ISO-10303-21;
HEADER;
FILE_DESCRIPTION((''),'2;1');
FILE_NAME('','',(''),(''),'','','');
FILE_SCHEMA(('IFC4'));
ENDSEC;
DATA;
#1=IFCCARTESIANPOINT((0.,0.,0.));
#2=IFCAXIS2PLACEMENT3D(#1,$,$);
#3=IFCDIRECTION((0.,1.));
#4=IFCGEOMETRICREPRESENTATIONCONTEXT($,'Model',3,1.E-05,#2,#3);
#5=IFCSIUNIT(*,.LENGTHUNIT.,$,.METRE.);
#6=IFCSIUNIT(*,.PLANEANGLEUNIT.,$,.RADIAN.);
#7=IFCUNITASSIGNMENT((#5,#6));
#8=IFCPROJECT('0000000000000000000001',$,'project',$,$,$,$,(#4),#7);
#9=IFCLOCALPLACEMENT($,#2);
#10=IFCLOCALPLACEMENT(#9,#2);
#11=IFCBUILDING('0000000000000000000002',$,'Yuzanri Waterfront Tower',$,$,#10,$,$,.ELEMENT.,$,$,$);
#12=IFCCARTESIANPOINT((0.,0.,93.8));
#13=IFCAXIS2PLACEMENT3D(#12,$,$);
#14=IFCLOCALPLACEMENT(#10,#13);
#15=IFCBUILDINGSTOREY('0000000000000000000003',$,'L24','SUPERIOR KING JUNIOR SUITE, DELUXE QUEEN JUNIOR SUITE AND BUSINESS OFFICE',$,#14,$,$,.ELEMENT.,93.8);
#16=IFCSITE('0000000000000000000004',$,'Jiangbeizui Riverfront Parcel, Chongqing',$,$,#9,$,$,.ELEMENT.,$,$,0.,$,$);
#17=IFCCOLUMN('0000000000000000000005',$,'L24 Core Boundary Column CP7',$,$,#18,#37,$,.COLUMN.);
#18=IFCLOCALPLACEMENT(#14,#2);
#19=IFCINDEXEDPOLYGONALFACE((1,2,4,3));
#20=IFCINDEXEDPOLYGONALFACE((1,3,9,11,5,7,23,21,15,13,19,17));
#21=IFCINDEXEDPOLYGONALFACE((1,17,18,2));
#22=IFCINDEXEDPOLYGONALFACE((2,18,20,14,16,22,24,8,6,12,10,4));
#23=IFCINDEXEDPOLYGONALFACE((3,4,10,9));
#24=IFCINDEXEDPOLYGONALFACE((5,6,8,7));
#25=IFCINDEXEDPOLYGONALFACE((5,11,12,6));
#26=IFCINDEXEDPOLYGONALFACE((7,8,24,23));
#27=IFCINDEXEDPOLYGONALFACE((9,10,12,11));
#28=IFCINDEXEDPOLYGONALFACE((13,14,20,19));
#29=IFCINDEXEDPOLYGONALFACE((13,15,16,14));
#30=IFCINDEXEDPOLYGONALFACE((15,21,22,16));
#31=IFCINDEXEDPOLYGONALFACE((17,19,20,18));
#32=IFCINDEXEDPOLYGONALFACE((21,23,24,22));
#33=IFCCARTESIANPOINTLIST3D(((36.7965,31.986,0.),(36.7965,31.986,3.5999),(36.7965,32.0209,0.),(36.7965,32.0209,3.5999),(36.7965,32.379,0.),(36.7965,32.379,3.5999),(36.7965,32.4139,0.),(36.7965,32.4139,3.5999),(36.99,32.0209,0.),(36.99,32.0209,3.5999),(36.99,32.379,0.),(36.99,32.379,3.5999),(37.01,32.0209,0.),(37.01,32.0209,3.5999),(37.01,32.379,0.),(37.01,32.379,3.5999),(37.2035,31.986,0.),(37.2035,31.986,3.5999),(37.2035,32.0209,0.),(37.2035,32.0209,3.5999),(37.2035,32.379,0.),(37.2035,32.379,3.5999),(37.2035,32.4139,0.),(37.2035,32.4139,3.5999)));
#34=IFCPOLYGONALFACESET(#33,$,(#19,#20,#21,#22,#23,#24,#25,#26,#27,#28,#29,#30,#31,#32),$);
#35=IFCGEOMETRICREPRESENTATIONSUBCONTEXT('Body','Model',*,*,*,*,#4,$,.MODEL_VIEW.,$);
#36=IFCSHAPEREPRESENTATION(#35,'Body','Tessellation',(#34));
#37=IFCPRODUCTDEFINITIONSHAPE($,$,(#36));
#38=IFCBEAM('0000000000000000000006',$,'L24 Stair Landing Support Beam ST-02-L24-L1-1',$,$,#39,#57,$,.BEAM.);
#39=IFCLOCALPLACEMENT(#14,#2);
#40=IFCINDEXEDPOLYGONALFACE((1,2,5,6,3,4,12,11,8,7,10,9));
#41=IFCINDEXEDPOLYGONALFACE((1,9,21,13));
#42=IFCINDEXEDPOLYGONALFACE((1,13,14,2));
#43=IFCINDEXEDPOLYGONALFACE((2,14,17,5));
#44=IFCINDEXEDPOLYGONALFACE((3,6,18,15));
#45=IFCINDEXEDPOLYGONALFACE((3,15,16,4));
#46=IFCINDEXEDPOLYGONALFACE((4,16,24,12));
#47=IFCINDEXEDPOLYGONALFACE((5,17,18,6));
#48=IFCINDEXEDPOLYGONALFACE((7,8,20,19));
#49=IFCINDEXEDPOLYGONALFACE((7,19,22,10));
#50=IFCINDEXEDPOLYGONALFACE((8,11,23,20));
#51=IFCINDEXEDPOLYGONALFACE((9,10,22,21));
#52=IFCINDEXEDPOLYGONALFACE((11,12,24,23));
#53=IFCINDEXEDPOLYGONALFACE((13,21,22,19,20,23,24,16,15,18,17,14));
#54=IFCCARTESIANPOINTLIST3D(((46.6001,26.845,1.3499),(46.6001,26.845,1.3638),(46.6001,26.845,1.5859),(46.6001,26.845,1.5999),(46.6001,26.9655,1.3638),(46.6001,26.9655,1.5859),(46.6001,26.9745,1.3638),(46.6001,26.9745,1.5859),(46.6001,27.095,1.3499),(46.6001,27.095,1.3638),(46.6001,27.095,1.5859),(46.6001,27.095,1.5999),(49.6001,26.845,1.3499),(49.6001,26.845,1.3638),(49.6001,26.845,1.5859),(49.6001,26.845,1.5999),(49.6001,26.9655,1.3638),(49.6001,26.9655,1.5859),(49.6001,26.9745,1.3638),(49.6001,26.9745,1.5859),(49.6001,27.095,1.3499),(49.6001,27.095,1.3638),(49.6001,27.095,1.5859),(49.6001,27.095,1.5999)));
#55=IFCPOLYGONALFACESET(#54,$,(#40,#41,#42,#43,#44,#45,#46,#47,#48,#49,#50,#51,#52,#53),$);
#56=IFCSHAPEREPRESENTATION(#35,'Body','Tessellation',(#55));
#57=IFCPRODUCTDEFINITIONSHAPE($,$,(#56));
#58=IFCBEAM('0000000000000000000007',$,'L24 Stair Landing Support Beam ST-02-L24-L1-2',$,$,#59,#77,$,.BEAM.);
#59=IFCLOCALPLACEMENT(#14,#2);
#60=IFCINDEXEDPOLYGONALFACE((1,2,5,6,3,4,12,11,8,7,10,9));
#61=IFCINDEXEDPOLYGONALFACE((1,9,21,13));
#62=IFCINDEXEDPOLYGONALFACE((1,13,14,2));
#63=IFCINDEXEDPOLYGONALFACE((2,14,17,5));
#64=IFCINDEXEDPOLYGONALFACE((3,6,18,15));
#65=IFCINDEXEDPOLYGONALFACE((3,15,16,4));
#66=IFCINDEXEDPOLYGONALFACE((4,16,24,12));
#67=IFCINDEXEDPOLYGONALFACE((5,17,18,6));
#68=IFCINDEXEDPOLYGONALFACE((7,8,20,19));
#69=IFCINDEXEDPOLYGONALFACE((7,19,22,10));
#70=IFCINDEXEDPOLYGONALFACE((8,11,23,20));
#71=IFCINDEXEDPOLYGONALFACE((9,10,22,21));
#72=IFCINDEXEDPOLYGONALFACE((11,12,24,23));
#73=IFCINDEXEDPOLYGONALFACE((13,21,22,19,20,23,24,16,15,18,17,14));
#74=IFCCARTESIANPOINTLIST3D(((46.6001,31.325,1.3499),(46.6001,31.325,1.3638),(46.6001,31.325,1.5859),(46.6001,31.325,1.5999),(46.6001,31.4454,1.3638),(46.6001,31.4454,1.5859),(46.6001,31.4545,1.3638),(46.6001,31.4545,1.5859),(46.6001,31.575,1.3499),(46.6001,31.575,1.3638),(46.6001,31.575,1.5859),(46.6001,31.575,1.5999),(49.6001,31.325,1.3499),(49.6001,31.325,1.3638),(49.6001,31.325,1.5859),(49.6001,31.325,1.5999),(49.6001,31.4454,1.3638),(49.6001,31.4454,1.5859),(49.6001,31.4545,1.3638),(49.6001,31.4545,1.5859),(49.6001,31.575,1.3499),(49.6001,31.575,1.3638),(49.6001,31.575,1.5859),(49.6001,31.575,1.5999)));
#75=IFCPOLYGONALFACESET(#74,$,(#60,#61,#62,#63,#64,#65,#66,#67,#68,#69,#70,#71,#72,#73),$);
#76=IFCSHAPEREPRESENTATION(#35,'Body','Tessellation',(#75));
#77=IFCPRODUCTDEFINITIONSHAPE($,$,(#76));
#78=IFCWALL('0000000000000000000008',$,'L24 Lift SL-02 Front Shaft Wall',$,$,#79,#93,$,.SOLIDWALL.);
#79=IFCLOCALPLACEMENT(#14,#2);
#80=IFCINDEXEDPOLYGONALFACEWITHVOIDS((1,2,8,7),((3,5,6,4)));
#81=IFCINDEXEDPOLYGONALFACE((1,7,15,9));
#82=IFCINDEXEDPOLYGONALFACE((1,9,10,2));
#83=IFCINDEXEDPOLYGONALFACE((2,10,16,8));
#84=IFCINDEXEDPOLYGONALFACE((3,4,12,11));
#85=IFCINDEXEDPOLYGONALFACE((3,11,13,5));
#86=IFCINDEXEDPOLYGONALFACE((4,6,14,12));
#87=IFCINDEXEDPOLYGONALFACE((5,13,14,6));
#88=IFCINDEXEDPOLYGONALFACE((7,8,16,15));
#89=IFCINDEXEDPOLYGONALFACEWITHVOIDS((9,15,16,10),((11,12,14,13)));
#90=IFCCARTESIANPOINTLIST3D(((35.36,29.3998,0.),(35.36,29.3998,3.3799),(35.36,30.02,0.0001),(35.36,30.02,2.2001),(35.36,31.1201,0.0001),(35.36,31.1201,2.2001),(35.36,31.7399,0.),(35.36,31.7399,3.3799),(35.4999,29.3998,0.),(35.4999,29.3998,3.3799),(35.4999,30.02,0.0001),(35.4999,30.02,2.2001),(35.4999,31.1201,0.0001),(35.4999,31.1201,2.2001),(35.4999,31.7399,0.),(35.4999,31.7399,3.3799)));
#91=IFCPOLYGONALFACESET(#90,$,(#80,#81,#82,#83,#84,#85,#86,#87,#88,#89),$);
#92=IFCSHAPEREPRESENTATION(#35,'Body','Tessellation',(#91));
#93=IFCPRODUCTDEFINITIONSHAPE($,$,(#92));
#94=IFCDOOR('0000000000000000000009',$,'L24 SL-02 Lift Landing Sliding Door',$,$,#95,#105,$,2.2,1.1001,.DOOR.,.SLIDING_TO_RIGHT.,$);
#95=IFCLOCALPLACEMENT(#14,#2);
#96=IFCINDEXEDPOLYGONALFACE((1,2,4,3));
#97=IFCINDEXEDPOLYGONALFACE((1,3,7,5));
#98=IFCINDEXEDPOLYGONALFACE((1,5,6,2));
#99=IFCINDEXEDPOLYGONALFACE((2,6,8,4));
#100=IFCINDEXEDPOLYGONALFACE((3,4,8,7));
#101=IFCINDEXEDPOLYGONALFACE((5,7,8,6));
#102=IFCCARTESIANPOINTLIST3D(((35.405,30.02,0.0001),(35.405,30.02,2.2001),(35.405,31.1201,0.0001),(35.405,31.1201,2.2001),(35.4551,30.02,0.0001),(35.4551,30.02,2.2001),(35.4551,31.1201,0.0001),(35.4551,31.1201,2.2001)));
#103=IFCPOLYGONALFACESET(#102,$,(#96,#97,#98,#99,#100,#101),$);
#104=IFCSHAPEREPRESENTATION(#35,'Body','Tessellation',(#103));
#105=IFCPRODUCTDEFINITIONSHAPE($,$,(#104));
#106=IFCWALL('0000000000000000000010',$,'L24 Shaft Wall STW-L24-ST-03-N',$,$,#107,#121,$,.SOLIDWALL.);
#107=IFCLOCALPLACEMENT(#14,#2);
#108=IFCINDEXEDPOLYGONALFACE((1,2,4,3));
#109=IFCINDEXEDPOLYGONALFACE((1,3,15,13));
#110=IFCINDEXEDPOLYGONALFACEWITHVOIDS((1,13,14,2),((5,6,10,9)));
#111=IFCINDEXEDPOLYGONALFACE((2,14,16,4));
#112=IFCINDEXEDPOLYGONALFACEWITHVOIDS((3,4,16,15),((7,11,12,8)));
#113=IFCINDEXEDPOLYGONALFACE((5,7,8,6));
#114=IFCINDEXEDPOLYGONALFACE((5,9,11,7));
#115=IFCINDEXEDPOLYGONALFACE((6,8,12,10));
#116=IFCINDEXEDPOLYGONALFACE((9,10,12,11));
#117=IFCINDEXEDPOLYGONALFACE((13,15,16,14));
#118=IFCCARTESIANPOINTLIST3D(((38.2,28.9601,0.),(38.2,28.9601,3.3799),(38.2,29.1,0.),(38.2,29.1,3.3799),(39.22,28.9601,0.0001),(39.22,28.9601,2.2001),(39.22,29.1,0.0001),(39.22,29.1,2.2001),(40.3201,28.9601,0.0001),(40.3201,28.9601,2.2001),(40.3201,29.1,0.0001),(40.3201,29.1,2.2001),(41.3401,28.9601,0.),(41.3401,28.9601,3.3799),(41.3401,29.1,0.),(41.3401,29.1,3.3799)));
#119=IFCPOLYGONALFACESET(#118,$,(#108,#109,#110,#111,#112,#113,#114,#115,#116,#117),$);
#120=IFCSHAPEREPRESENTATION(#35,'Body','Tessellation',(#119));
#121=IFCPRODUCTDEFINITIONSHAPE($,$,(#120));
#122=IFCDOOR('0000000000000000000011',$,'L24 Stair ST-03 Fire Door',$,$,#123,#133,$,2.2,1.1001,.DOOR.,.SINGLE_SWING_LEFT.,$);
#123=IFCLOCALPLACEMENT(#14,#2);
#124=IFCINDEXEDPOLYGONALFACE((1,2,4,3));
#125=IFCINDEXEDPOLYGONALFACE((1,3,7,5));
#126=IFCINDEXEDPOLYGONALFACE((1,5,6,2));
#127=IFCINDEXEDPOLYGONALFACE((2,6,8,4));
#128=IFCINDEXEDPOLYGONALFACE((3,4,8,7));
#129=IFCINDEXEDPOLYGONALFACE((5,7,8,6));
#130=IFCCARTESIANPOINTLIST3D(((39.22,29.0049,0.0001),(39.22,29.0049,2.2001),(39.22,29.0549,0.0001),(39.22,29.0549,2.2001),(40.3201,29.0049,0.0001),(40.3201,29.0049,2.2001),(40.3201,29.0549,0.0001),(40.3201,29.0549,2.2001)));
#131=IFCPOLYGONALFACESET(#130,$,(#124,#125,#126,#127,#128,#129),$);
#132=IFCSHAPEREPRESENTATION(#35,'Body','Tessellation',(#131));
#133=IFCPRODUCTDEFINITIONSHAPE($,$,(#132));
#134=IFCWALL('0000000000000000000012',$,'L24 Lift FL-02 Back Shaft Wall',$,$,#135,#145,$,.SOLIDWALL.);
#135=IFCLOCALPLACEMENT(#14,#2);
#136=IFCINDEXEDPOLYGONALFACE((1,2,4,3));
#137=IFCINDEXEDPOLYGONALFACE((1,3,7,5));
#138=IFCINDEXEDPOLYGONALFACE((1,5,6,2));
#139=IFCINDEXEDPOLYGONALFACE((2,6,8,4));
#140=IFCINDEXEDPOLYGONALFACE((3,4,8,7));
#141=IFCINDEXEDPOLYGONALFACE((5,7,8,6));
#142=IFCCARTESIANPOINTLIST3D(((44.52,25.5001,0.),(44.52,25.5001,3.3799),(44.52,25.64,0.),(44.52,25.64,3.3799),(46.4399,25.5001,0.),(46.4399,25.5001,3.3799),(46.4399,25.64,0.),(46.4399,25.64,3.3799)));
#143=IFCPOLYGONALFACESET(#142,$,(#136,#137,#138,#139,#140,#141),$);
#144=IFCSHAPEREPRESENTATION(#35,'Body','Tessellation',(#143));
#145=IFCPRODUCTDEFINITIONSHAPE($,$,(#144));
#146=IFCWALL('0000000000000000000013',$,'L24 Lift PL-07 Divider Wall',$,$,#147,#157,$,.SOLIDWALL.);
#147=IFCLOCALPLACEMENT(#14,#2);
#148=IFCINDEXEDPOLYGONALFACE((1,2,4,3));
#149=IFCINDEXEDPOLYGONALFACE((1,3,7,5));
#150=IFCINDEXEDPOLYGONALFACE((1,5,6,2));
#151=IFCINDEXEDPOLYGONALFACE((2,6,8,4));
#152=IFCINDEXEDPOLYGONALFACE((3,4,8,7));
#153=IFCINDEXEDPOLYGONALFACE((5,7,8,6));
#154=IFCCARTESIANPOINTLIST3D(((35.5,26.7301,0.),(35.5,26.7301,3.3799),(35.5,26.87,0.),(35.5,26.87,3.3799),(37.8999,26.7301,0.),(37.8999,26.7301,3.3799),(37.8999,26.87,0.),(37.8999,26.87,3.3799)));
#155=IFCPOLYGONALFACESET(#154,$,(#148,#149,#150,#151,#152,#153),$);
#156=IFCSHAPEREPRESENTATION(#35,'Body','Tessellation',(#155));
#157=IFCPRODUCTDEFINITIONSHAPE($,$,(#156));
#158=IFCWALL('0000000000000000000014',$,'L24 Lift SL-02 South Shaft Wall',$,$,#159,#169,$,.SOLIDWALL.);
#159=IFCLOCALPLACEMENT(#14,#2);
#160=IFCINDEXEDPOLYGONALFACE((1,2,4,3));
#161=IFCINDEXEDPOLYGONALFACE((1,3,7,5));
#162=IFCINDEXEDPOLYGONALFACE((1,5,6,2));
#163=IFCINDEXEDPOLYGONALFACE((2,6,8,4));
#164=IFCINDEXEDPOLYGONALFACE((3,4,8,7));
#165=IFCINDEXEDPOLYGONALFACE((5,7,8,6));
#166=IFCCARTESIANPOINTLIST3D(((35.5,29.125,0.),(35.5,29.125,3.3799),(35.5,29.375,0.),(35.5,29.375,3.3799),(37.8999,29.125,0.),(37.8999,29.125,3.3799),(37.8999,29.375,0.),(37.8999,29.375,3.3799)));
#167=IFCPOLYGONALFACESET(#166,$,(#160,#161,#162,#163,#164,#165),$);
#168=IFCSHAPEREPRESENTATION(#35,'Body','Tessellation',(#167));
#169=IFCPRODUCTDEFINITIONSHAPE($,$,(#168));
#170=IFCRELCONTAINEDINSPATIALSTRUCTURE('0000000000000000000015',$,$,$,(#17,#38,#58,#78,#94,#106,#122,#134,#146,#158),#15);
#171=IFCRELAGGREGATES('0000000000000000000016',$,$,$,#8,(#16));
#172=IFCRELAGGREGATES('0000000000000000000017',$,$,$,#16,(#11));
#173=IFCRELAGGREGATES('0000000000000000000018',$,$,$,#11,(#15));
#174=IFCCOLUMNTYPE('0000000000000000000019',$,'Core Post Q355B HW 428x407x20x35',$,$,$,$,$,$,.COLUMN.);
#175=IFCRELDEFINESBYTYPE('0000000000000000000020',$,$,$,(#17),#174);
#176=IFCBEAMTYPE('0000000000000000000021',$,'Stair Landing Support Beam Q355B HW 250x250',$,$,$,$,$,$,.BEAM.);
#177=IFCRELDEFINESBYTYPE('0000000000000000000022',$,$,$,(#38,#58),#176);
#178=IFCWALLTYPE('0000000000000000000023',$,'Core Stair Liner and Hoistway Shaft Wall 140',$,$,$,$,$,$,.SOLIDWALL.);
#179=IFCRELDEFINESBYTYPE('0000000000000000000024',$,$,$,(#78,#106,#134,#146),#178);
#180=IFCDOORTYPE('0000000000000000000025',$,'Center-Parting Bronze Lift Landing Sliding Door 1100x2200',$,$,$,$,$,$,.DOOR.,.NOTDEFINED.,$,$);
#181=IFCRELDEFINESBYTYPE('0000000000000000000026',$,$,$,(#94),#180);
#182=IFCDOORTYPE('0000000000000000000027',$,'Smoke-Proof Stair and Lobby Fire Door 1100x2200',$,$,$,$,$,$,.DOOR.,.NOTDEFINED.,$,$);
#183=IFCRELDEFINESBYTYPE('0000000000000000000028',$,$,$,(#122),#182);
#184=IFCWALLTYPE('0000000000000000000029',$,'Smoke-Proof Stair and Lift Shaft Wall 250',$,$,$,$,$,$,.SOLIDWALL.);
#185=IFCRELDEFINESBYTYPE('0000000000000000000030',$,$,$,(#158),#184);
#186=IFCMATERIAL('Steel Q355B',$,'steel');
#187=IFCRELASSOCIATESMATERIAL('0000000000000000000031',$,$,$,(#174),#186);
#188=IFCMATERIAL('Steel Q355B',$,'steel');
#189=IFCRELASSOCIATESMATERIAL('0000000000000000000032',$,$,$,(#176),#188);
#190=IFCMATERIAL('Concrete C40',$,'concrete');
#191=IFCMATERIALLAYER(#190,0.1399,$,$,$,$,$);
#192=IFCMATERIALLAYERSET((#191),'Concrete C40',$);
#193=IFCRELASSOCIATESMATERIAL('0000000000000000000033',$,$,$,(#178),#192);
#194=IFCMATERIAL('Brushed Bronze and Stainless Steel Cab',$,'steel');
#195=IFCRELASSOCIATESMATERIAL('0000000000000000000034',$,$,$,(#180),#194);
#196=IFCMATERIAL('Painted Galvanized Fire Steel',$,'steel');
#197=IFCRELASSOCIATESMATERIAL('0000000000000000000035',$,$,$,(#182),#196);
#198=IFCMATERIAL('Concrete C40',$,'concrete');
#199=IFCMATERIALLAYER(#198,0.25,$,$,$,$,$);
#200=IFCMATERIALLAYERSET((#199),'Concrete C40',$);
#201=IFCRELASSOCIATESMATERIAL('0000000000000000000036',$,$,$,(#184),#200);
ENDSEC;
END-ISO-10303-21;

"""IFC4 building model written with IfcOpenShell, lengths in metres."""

from ifc_helpers import new_model, si_unit, direction, frame, frame_2d, origin, origin_2d, place, context, subcontext, project, spatial, rectangle, i_section, extrude, source, transform, mapped, material, layer, layer_set, material_profile, profile_set, type_object, element, fill, save


model = new_model("IFC4")

# Units and contexts
model_context = context("Model", 3, precision=1e-05, world=origin(), true_north=direction((0.0, 1.0)))
body_context = subcontext(model_context, "Body", "Model", "MODEL_VIEW")
ifc_project = project(units=[si_unit("LENGTHUNIT", "METRE"), si_unit("PLANEANGLEUNIT", "RADIAN")], contexts=[model_context])

# Site, building, storey
site_placement = place(None, origin())
site = spatial("IfcSite", under=ifc_project, at=site_placement, Name="Jiangbeizui Riverfront Parcel, Chongqing", CompositionType="ELEMENT", RefElevation=0.0)
building_placement = place(site_placement, origin())
building = spatial("IfcBuilding", under=site, at=building_placement, Name="Yuzanri Waterfront Tower", CompositionType="ELEMENT")
storey_placement = place(building_placement, frame((0.0, 0.0, 93.8)))
storey = spatial("IfcBuildingStorey", under=building, at=storey_placement, Name="L24", Description="SUPERIOR KING JUNIOR SUITE, DELUXE QUEEN JUNIOR SUITE AND BUSINESS OFFICE", CompositionType="ELEMENT", Elevation=93.8)

# Column
ifc_material_1 = material(Name="Steel Q355B", Category="steel")
ifc_material_profile_1 = material_profile(ifc_material_1, i_section(OverallWidth=0.407, OverallDepth=0.428, WebThickness=0.02, FlangeThickness=0.0349, at=origin_2d()), Name="HW 428x407x20x35")
ifc_profile_set_1 = profile_set([ifc_material_profile_1], Name="Steel Q355B")
column_type = type_object("IfcColumnType", Name="Core Post Q355B HW 428x407x20x35", PredefinedType="COLUMN", material=ifc_profile_set_1)
shared_shape_1 = source(origin(), body_context, "Body", "SweptSolid", [
    extrude(i_section(OverallWidth=0.407, OverallDepth=0.428, WebThickness=0.02, FlangeThickness=0.0349, at=origin_2d()), origin(), (0.0, 0.0, 1.0), 3.5999),
])
column_placement = place(storey_placement, frame((37.0, 32.2, 0.0), z_axis=(0.0, 0.0, 1.0), x_axis=(1.0, 0.0, 0.0)))
element("IfcColumn", 1, at=column_placement, inside=storey, type_object=column_type, Name="L24 Core Boundary Column CP7", PredefinedType="COLUMN", context=body_context, shape_type="MappedRepresentation", body=[
    mapped(shared_shape_1, transform((0.0, 0.0, 0.0), scale=1.0)),
])

# Beams
ifc_material_2 = material(Name="Steel Q355B", Category="steel")
ifc_material_profile_2 = material_profile(ifc_material_2, i_section(OverallWidth=0.25, OverallDepth=0.25, WebThickness=0.009, FlangeThickness=0.0139, at=origin_2d()), Name="HW 250x250x9x14")
ifc_profile_set_2 = profile_set([ifc_material_profile_2], Name="Steel Q355B")
beam_type = type_object("IfcBeamType", Name="Stair Landing Support Beam Q355B HW 250x250", PredefinedType="BEAM", material=ifc_profile_set_2)
shared_shape_2 = source(origin(), body_context, "Body", "SweptSolid", [
    extrude(i_section(OverallWidth=0.25, OverallDepth=0.25, WebThickness=0.009, FlangeThickness=0.0139, at=origin_2d()), origin(), (0.0, 0.0, 1.0), 3.0),
])
for number, where, z_axis, x_axis, name in (
    (2, (46.6001, 26.97, 1.4749), (1.0, 0.0, 0.0), (0.0, 1.0, 0.0), "L24 Stair Landing Support Beam ST-02-L24-L1-1"),
    (3, (46.6001, 31.45, 1.4749), (1.0, 0.0, 0.0), (0.0, 1.0, 0.0), "L24 Stair Landing Support Beam ST-02-L24-L1-2"),
):
    element("IfcBeam", number, at=place(storey_placement, frame(where, z_axis=z_axis, x_axis=x_axis)), inside=storey, type_object=beam_type, Name=name, PredefinedType="BEAM", context=body_context, shape_type="MappedRepresentation", body=[
        mapped(shared_shape_2, transform((0.0, 0.0, 0.0), scale=1.0)),
    ])

# Walls, openings, doors
ifc_material_3 = material(Name="Concrete C40", Category="concrete")
ifc_layer_1 = layer(ifc_material_3, 0.1399)
ifc_layer_set_1 = layer_set([ifc_layer_1], Name="Concrete C40")
wall_type_1 = type_object("IfcWallType", Name="Core Stair Liner and Hoistway Shaft Wall 140", PredefinedType="SOLIDWALL", material=ifc_layer_set_1)
wall_1_placement = place(storey_placement, frame((35.4299, 29.3999, 0.0), z_axis=(0.0, 0.0, 1.0), x_axis=(0.0, 1.0, 0.0)))
wall_1 = element("IfcWall", 4, at=wall_1_placement, inside=storey, type_object=wall_type_1, Name="L24 Lift SL-02 Front Shaft Wall", PredefinedType="SOLIDWALL", context=body_context, shape_type="SweptSolid", body=[
    extrude(rectangle(XDim=2.3401, YDim=0.1399, at=frame_2d((1.1699, 0.0))), origin(), (0.0, 0.0, 1.0), 3.3799),
])
opening_1_placement = place(wall_1_placement, frame((0.6201, 0.0, 0.0)))
opening_1 = element("IfcOpeningElement", 5, at=opening_1_placement, cuts=wall_1, PredefinedType="OPENING", context=body_context, shape_type="SweptSolid", body=[
    extrude(rectangle(XDim=1.1001, YDim=2.2, at=frame_2d((0.55, 1.1001))), frame((0.0, 0.085, 0.0), z_axis=(0.0, -1.0, 0.0), x_axis=(1.0, 0.0, 0.0)), (0.0, 0.0, 1.0), 0.1697),
])
ifc_material_4 = material(Name="Brushed Bronze and Stainless Steel Cab", Category="steel")
door_type_1 = type_object("IfcDoorType", Name="Center-Parting Bronze Lift Landing Sliding Door 1100x2200", OperationType="NOTDEFINED", PredefinedType="DOOR", material=ifc_material_4)
shared_shape_3 = source(origin(), body_context, "Body", "SweptSolid", [
    extrude(rectangle(XDim=1.1001, YDim=2.2, at=frame_2d((0.55, 1.1001))), frame((0.0, 0.0249, 0.0), z_axis=(0.0, -1.0, 0.0), x_axis=(1.0, 0.0, 0.0)), (0.0, 0.0, 1.0), 0.05),
])
door_1_placement = place(opening_1_placement, origin())
door_1 = element("IfcDoor", 6, at=door_1_placement, inside=storey, type_object=door_type_1, Name="L24 SL-02 Lift Landing Sliding Door", OperationType="SLIDING_TO_RIGHT", OverallHeight=2.2, OverallWidth=1.1001, PredefinedType="DOOR", context=body_context, shape_type="MappedRepresentation", body=[
    mapped(shared_shape_3, transform((0.0, 0.0, 0.0), scale=1.0)),
])
fill(opening_1, door_1)
wall_2_placement = place(storey_placement, frame((38.2, 29.03, 0.0), z_axis=(0.0, 0.0, 1.0), x_axis=(1.0, 0.0, 0.0)))
wall_2 = element("IfcWall", 7, at=wall_2_placement, inside=storey, type_object=wall_type_1, Name="L24 Shaft Wall STW-L24-ST-03-N", PredefinedType="SOLIDWALL", context=body_context, shape_type="SweptSolid", body=[
    extrude(rectangle(XDim=3.1401, YDim=0.1399, at=frame_2d((1.5701, 0.0))), origin(), (0.0, 0.0, 1.0), 3.3799),
])
opening_2_placement = place(wall_2_placement, frame((1.02, 0.0, 0.0)))
opening_2 = element("IfcOpeningElement", 8, at=opening_2_placement, cuts=wall_2, PredefinedType="OPENING", context=body_context, shape_type="SweptSolid", body=[
    extrude(rectangle(XDim=1.1001, YDim=2.2, at=frame_2d((0.55, 1.1001))), frame((0.0, 0.085, 0.0), z_axis=(0.0, -1.0, 0.0), x_axis=(1.0, 0.0, 0.0)), (0.0, 0.0, 1.0), 0.1697),
])
ifc_material_5 = material(Name="Painted Galvanized Fire Steel", Category="steel")
door_type_2 = type_object("IfcDoorType", Name="Smoke-Proof Stair and Lobby Fire Door 1100x2200", OperationType="NOTDEFINED", PredefinedType="DOOR", material=ifc_material_5)
shared_shape_4 = source(origin(), body_context, "Body", "SweptSolid", [
    extrude(rectangle(XDim=1.1001, YDim=2.2, at=frame_2d((0.55, 1.1001))), frame((0.0, 0.0249, 0.0), z_axis=(0.0, -1.0, 0.0), x_axis=(1.0, 0.0, 0.0)), (0.0, 0.0, 1.0), 0.05),
])
door_2_placement = place(opening_2_placement, origin())
door_2 = element("IfcDoor", 9, at=door_2_placement, inside=storey, type_object=door_type_2, Name="L24 Stair ST-03 Fire Door", OperationType="SINGLE_SWING_LEFT", OverallHeight=2.2, OverallWidth=1.1001, PredefinedType="DOOR", context=body_context, shape_type="MappedRepresentation", body=[
    mapped(shared_shape_4, transform((0.0, 0.0, 0.0), scale=1.0)),
])
fill(opening_2, door_2)

# Walls
shared_shape_5 = source(origin(), body_context, "Body", "SweptSolid", [
    extrude(rectangle(XDim=1.9199, YDim=0.1399, at=frame_2d((0.96, 0.0))), origin(), (0.0, 0.0, 1.0), 3.3799),
])
wall_3_placement = place(storey_placement, frame((44.52, 25.5701, 0.0), z_axis=(0.0, 0.0, 1.0), x_axis=(1.0, 0.0, 0.0)))
element("IfcWall", 10, at=wall_3_placement, inside=storey, type_object=wall_type_1, Name="L24 Lift FL-02 Back Shaft Wall", PredefinedType="SOLIDWALL", context=body_context, shape_type="MappedRepresentation", body=[
    mapped(shared_shape_5, transform((0.0, 0.0, 0.0), scale=1.0)),
])
shared_shape_6 = source(origin(), body_context, "Body", "SweptSolid", [
    extrude(rectangle(XDim=2.3999, YDim=0.1399, at=frame_2d((1.2, 0.0))), origin(), (0.0, 0.0, 1.0), 3.3799),
])
wall_4_placement = place(storey_placement, frame((35.5, 26.8, 0.0), z_axis=(0.0, 0.0, 1.0), x_axis=(1.0, 0.0, 0.0)))
element("IfcWall", 11, at=wall_4_placement, inside=storey, type_object=wall_type_1, Name="L24 Lift PL-07 Divider Wall", PredefinedType="SOLIDWALL", context=body_context, shape_type="MappedRepresentation", body=[
    mapped(shared_shape_6, transform((0.0, 0.0, 0.0), scale=1.0)),
])
ifc_material_6 = material(Name="Concrete C40", Category="concrete")
ifc_layer_2 = layer(ifc_material_6, 0.25)
ifc_layer_set_2 = layer_set([ifc_layer_2], Name="Concrete C40")
wall_type_2 = type_object("IfcWallType", Name="Smoke-Proof Stair and Lift Shaft Wall 250", PredefinedType="SOLIDWALL", material=ifc_layer_set_2)
shared_shape_7 = source(origin(), body_context, "Body", "SweptSolid", [
    extrude(rectangle(XDim=2.3999, YDim=0.25, at=frame_2d((1.2, 0.0))), origin(), (0.0, 0.0, 1.0), 3.3799),
])
wall_5_placement = place(storey_placement, frame((35.5, 29.25, 0.0), z_axis=(0.0, 0.0, 1.0), x_axis=(1.0, 0.0, 0.0)))
element("IfcWall", 12, at=wall_5_placement, inside=storey, type_object=wall_type_2, Name="L24 Lift SL-02 South Shaft Wall", PredefinedType="SOLIDWALL", context=body_context, shape_type="MappedRepresentation", body=[
    mapped(shared_shape_7, transform((0.0, 0.0, 0.0), scale=1.0)),
])

save(model, "model.ifc")
